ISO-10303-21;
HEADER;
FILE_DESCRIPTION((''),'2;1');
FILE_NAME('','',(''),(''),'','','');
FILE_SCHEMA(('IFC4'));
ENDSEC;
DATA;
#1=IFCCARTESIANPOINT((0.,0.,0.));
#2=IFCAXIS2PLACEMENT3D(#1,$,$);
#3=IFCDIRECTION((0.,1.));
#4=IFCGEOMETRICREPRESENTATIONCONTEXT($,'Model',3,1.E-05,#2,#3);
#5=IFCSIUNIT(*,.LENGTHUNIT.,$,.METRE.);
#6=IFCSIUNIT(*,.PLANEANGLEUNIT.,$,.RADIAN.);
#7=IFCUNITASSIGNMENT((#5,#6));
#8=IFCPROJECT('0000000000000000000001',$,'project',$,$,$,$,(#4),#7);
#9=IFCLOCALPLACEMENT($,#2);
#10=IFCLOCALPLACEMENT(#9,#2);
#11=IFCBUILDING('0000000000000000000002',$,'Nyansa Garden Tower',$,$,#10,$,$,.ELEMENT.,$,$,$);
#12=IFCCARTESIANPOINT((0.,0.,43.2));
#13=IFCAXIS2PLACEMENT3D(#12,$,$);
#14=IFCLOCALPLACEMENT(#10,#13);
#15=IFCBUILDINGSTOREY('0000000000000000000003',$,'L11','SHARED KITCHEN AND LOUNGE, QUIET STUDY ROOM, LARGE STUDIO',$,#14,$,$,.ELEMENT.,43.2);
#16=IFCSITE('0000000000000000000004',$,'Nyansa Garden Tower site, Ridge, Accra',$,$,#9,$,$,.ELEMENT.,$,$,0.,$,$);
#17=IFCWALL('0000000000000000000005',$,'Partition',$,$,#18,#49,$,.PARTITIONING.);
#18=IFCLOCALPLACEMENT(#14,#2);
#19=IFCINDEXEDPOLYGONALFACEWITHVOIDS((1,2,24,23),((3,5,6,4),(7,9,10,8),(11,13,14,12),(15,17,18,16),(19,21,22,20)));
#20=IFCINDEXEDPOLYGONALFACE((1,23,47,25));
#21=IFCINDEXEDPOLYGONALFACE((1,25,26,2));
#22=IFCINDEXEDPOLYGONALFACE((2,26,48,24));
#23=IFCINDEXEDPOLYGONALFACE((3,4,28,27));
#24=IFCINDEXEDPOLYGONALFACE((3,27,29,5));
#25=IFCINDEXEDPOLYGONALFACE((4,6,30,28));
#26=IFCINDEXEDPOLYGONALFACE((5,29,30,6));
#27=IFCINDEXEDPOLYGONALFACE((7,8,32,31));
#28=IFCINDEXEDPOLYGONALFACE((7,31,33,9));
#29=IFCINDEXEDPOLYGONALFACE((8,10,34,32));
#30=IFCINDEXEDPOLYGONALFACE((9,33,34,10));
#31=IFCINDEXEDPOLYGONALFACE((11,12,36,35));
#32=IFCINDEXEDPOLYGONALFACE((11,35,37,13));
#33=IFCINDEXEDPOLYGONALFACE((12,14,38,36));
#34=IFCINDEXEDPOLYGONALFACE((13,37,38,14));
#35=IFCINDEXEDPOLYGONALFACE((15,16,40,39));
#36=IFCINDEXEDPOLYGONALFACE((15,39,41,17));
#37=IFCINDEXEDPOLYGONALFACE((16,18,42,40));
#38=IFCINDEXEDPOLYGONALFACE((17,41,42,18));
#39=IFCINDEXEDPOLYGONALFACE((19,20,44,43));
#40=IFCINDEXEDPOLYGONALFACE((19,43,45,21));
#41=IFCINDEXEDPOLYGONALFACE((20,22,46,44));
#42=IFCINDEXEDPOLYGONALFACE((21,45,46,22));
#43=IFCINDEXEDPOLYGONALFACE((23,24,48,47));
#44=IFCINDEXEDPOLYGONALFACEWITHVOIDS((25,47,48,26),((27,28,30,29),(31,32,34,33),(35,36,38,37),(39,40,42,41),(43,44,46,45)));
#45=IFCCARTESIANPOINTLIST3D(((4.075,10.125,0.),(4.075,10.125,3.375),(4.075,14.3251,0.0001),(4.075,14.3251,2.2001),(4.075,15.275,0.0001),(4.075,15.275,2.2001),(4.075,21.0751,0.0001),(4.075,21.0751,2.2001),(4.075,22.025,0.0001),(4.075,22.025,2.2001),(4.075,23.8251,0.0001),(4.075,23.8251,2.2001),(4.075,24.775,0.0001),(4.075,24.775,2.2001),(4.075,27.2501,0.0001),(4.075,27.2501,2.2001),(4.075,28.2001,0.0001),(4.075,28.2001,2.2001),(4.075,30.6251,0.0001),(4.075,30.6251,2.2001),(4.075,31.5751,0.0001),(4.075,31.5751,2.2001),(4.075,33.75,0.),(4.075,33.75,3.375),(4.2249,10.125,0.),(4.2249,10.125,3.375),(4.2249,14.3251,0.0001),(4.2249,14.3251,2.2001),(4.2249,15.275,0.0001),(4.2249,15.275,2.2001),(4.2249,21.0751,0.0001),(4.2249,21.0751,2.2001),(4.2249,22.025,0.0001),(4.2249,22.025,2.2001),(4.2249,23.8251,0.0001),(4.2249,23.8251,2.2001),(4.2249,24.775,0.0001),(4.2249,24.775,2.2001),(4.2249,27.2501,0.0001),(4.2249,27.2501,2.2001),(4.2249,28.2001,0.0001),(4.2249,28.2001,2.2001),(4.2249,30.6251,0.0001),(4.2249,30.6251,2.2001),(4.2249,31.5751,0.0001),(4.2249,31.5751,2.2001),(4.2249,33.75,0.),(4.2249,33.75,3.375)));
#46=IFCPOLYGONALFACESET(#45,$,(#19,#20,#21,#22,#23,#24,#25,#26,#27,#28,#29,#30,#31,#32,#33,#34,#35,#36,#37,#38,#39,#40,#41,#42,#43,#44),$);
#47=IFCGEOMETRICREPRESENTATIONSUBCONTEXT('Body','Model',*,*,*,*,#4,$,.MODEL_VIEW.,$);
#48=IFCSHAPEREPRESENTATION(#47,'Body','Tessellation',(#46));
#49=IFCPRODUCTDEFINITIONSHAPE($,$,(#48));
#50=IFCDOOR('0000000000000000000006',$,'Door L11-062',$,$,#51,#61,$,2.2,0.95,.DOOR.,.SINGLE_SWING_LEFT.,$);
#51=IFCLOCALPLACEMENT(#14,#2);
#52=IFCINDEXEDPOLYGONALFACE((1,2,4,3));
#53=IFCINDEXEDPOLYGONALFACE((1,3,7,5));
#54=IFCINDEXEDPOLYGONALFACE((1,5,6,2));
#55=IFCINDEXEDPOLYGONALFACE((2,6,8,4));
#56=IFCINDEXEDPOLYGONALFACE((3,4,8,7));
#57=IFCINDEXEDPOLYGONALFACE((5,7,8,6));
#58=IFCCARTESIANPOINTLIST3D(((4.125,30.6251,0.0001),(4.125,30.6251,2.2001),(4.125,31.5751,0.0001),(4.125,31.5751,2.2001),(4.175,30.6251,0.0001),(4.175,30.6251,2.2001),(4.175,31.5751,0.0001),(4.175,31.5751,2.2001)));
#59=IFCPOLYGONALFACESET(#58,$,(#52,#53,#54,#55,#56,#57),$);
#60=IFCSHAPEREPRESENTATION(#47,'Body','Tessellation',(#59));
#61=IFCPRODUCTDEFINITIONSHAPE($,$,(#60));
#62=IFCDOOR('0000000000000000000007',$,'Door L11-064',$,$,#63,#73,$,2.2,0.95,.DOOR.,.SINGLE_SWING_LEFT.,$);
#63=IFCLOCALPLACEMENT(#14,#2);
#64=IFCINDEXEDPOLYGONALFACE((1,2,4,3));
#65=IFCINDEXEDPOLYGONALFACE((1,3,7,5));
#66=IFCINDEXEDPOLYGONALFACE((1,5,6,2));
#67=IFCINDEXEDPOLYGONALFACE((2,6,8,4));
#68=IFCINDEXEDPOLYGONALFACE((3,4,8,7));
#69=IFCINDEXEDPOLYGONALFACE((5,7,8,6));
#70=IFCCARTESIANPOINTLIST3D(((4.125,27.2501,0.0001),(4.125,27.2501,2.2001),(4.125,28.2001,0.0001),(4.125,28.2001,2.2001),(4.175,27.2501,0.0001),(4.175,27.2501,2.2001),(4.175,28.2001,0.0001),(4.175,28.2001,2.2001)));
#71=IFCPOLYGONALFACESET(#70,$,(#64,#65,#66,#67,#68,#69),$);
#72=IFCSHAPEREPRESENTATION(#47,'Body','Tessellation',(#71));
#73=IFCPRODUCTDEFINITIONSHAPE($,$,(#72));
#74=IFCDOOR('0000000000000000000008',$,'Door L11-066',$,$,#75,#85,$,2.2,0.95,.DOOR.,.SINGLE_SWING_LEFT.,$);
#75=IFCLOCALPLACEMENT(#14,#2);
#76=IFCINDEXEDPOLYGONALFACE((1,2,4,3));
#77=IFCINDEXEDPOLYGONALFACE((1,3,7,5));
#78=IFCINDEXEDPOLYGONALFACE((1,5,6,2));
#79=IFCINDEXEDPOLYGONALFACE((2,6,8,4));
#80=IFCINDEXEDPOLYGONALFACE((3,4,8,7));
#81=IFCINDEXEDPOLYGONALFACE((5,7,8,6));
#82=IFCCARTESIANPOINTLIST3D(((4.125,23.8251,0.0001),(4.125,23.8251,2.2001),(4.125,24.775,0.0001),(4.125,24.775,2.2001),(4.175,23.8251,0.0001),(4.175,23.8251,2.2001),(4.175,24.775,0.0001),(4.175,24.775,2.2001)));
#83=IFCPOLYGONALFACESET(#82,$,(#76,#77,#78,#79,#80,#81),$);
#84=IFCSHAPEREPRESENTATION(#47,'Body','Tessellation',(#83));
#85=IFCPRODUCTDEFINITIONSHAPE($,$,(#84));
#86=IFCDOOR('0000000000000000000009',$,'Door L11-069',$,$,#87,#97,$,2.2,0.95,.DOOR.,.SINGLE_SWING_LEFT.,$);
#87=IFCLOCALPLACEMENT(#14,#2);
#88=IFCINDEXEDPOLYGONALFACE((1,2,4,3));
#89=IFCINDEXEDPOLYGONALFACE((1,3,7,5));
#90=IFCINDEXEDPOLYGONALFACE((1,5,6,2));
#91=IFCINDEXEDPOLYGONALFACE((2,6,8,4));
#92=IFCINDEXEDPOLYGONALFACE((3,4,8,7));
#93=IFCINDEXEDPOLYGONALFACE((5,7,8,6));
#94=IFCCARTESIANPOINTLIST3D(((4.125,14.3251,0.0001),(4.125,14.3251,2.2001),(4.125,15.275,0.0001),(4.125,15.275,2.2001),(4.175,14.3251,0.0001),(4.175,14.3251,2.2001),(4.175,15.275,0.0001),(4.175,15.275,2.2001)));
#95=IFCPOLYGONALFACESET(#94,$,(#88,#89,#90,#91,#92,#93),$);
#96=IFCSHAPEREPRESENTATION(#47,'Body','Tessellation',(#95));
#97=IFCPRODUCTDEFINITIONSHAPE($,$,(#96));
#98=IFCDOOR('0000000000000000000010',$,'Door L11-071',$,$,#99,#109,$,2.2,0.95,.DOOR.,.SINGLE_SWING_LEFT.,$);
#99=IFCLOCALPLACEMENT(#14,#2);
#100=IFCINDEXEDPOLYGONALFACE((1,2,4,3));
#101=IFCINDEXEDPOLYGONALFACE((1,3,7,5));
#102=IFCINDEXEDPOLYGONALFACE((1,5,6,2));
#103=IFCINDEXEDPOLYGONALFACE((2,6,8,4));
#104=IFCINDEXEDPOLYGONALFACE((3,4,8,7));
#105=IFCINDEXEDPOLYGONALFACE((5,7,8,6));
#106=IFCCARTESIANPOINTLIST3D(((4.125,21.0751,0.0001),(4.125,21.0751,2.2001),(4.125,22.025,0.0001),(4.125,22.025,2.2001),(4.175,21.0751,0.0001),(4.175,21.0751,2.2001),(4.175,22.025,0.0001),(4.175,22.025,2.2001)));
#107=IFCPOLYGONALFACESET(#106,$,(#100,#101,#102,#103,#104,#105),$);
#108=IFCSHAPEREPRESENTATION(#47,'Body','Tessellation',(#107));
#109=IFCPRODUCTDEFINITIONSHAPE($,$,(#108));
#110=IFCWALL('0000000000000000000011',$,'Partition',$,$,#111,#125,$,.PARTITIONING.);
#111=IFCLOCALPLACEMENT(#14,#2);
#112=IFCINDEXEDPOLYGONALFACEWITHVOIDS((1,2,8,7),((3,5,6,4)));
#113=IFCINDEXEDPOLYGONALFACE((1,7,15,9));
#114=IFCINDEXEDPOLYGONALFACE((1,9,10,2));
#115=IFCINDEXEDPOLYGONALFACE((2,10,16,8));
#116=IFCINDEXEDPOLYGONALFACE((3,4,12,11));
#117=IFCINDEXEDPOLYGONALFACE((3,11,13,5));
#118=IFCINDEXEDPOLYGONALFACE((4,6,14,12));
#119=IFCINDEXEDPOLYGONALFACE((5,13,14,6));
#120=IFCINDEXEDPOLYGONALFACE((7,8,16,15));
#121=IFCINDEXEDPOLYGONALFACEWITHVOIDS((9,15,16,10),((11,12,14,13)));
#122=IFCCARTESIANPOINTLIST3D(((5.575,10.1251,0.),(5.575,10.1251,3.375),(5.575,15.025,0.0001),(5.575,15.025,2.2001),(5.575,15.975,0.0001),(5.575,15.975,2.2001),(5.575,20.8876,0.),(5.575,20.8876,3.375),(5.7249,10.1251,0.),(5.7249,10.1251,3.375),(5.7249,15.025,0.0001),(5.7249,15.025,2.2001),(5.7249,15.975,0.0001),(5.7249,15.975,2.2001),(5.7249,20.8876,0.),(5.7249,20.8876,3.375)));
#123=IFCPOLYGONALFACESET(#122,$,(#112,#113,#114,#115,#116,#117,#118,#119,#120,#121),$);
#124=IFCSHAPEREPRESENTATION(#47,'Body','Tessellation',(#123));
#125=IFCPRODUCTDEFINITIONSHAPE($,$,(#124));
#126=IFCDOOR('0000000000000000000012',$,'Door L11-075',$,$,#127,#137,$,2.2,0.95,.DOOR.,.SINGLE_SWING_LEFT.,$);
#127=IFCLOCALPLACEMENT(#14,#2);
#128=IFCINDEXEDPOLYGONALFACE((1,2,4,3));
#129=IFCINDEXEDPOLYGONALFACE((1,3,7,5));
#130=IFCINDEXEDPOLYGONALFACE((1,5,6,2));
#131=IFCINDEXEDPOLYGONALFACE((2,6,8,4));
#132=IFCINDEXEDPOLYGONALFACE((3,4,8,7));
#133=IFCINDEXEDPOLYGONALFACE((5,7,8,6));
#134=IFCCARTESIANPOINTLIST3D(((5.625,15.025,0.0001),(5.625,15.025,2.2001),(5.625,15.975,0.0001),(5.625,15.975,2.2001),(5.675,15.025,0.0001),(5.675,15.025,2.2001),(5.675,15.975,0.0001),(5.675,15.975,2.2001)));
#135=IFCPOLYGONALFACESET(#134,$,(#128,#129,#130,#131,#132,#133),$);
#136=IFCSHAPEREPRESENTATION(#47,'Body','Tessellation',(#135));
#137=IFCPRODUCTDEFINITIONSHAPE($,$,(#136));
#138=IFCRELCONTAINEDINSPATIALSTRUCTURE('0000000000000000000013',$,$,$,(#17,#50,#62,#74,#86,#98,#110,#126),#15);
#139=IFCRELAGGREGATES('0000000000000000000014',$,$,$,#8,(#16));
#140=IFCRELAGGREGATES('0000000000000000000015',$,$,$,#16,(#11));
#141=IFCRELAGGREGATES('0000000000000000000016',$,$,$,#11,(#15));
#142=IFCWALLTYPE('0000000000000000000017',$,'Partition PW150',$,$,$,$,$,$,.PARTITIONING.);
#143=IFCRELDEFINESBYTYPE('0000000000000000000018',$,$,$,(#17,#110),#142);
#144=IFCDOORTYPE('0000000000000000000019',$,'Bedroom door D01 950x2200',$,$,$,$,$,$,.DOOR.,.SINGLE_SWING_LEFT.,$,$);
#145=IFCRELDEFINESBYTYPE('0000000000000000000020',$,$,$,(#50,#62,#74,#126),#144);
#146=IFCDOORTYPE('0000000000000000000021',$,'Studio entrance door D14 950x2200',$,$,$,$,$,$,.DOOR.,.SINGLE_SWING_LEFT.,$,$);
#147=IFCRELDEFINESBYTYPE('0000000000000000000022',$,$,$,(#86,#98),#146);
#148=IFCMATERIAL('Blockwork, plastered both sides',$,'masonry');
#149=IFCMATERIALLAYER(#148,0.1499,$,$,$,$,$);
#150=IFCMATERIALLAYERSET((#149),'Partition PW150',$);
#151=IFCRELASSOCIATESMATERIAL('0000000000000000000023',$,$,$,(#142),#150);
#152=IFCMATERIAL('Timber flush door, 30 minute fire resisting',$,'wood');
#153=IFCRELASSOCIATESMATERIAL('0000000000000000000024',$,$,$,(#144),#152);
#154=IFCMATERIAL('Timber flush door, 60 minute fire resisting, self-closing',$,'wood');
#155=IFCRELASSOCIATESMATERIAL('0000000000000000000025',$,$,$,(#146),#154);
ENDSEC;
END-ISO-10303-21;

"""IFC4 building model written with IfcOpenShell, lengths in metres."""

from ifc_helpers import new_model, si_unit, direction, frame, frame_2d, origin, place, context, subcontext, project, spatial, rectangle, extrude, material, layer, layer_set, type_object, element, fill, save


model = new_model("IFC4")

# Units and contexts
model_context = context("Model", 3, precision=1e-05, world=origin(), true_north=direction((0.0, 1.0)))
body_context = subcontext(model_context, "Body", "Model", "MODEL_VIEW")
ifc_project = project(units=[si_unit("LENGTHUNIT", "METRE"), si_unit("PLANEANGLEUNIT", "RADIAN")], contexts=[model_context])

# Site, building, storey
site_placement = place(None, origin())
site = spatial("IfcSite", under=ifc_project, at=site_placement, Name="Nyansa Garden Tower site, Ridge, Accra", CompositionType="ELEMENT", RefElevation=0.0)
building_placement = place(site_placement, origin())
building = spatial("IfcBuilding", under=site, at=building_placement, Name="Nyansa Garden Tower", CompositionType="ELEMENT")
storey_placement = place(building_placement, frame((0.0, 0.0, 43.2)))
storey = spatial("IfcBuildingStorey", under=building, at=storey_placement, Name="L11", Description="SHARED KITCHEN AND LOUNGE, QUIET STUDY ROOM, LARGE STUDIO", CompositionType="ELEMENT", Elevation=43.2)

# Shared definitions
ifc_material_1 = material(Name="Blockwork, plastered both sides", Category="masonry")
ifc_layer_1 = layer(ifc_material_1, 0.1499)
ifc_layer_set_1 = layer_set([ifc_layer_1], Name="Partition PW150")
wall_type_1 = type_object("IfcWallType", Name="Partition PW150", PredefinedType="PARTITIONING", material=ifc_layer_set_1)

# Wall, openings, doors
wall_1_placement = place(storey_placement, frame((4.1499, 10.125, 0.0), z_axis=(0.0, 0.0, 1.0), x_axis=(0.0, 1.0, 0.0)))
wall_1 = element("IfcWall", 1, at=wall_1_placement, inside=storey, type_object=wall_type_1, Name="Partition", PredefinedType="PARTITIONING", context=body_context, shape_type="SweptSolid", body=[
    extrude(rectangle(XDim=23.625, YDim=0.1499, at=frame_2d((11.8125, 0.0))), origin(), (0.0, 0.0, 1.0), 3.375),
])
opening_1_placement = place(wall_1_placement, frame((20.5, 0.0, 0.0)))
opening_1 = element("IfcOpeningElement", 2, at=opening_1_placement, cuts=wall_1, PredefinedType="OPENING", context=body_context, shape_type="SweptSolid", body=[
    extrude(rectangle(XDim=0.95, YDim=2.2, at=frame_2d((0.4751, 1.1001))), frame((0.0, 0.085, 0.0), z_axis=(0.0, -1.0, 0.0), x_axis=(1.0, 0.0, 0.0)), (0.0, 0.0, 1.0), 0.1699),
])
opening_2_placement = place(wall_1_placement, frame((17.125, 0.0, 0.0)))
opening_2 = element("IfcOpeningElement", 3, at=opening_2_placement, cuts=wall_1, PredefinedType="OPENING", context=body_context, shape_type="SweptSolid", body=[
    extrude(rectangle(XDim=0.95, YDim=2.2, at=frame_2d((0.4751, 1.1001))), frame((0.0, 0.085, 0.0), z_axis=(0.0, -1.0, 0.0), x_axis=(1.0, 0.0, 0.0)), (0.0, 0.0, 1.0), 0.1699),
])
opening_3_placement = place(wall_1_placement, frame((13.7, 0.0, 0.0)))
opening_3 = element("IfcOpeningElement", 4, at=opening_3_placement, cuts=wall_1, PredefinedType="OPENING", context=body_context, shape_type="SweptSolid", body=[
    extrude(rectangle(XDim=0.95, YDim=2.2, at=frame_2d((0.4751, 1.1001))), frame((0.0, 0.085, 0.0), z_axis=(0.0, -1.0, 0.0), x_axis=(1.0, 0.0, 0.0)), (0.0, 0.0, 1.0), 0.1699),
])
opening_4_placement = place(wall_1_placement, frame((4.2, 0.0, 0.0)))
opening_4 = element("IfcOpeningElement", 5, at=opening_4_placement, cuts=wall_1, PredefinedType="OPENING", context=body_context, shape_type="SweptSolid", body=[
    extrude(rectangle(XDim=0.95, YDim=2.2, at=frame_2d((0.4751, 1.1001))), frame((0.0, 0.085, 0.0), z_axis=(0.0, -1.0, 0.0), x_axis=(1.0, 0.0, 0.0)), (0.0, 0.0, 1.0), 0.1699),
])
opening_5_placement = place(wall_1_placement, frame((10.95, 0.0, 0.0)))
opening_5 = element("IfcOpeningElement", 6, at=opening_5_placement, cuts=wall_1, PredefinedType="OPENING", context=body_context, shape_type="SweptSolid", body=[
    extrude(rectangle(XDim=0.95, YDim=2.2, at=frame_2d((0.4751, 1.1001))), frame((0.0, 0.085, 0.0), z_axis=(0.0, -1.0, 0.0), x_axis=(1.0, 0.0, 0.0)), (0.0, 0.0, 1.0), 0.1699),
])
ifc_material_2 = material(Name="Timber flush door, 30 minute fire resisting", Category="wood")
door_type_1 = type_object("IfcDoorType", Name="Bedroom door D01 950x2200", OperationType="SINGLE_SWING_LEFT", PredefinedType="DOOR", material=ifc_material_2)
door_1_placement = place(opening_1_placement, origin())
door_1 = element("IfcDoor", 7, at=door_1_placement, inside=storey, type_object=door_type_1, Name="Door L11-062", OperationType="SINGLE_SWING_LEFT", OverallHeight=2.2, OverallWidth=0.95, PredefinedType="DOOR", context=body_context, shape_type="SweptSolid", body=[
    extrude(rectangle(XDim=0.95, YDim=2.2, at=frame_2d((0.4751, 1.1001))), frame((0.0, 0.0249, 0.0), z_axis=(0.0, -1.0, 0.0), x_axis=(1.0, 0.0, 0.0)), (0.0, 0.0, 1.0), 0.05),
])
fill(opening_1, door_1)
door_2_placement = place(opening_2_placement, origin())
door_2 = element("IfcDoor", 8, at=door_2_placement, inside=storey, type_object=door_type_1, Name="Door L11-064", OperationType="SINGLE_SWING_LEFT", OverallHeight=2.2, OverallWidth=0.95, PredefinedType="DOOR", context=body_context, shape_type="SweptSolid", body=[
    extrude(rectangle(XDim=0.95, YDim=2.2, at=frame_2d((0.4751, 1.1001))), frame((0.0, 0.0249, 0.0), z_axis=(0.0, -1.0, 0.0), x_axis=(1.0, 0.0, 0.0)), (0.0, 0.0, 1.0), 0.05),
])
fill(opening_2, door_2)
door_3_placement = place(opening_3_placement, origin())
door_3 = element("IfcDoor", 9, at=door_3_placement, inside=storey, type_object=door_type_1, Name="Door L11-066", OperationType="SINGLE_SWING_LEFT", OverallHeight=2.2, OverallWidth=0.95, PredefinedType="DOOR", context=body_context, shape_type="SweptSolid", body=[
    extrude(rectangle(XDim=0.95, YDim=2.2, at=frame_2d((0.4751, 1.1001))), frame((0.0, 0.0249, 0.0), z_axis=(0.0, -1.0, 0.0), x_axis=(1.0, 0.0, 0.0)), (0.0, 0.0, 1.0), 0.05),
])
fill(opening_3, door_3)
ifc_material_3 = material(Name="Timber flush door, 60 minute fire resisting, self-closing", Category="wood")
door_type_2 = type_object("IfcDoorType", Name="Studio entrance door D14 950x2200", OperationType="SINGLE_SWING_LEFT", PredefinedType="DOOR", material=ifc_material_3)
door_4_placement = place(opening_4_placement, origin())
door_4 = element("IfcDoor", 10, at=door_4_placement, inside=storey, type_object=door_type_2, Name="Door L11-069", OperationType="SINGLE_SWING_LEFT", OverallHeight=2.2, OverallWidth=0.95, PredefinedType="DOOR", context=body_context, shape_type="SweptSolid", body=[
    extrude(rectangle(XDim=0.95, YDim=2.2, at=frame_2d((0.4751, 1.1001))), frame((0.0, 0.0249, 0.0), z_axis=(0.0, -1.0, 0.0), x_axis=(1.0, 0.0, 0.0)), (0.0, 0.0, 1.0), 0.05),
])
fill(opening_4, door_4)
door_5_placement = place(opening_5_placement, origin())
door_5 = element("IfcDoor", 11, at=door_5_placement, inside=storey, type_object=door_type_2, Name="Door L11-071", OperationType="SINGLE_SWING_LEFT", OverallHeight=2.2, OverallWidth=0.95, PredefinedType="DOOR", context=body_context, shape_type="SweptSolid", body=[
    extrude(rectangle(XDim=0.95, YDim=2.2, at=frame_2d((0.4751, 1.1001))), frame((0.0, 0.0249, 0.0), z_axis=(0.0, -1.0, 0.0), x_axis=(1.0, 0.0, 0.0)), (0.0, 0.0, 1.0), 0.05),
])
fill(opening_5, door_5)

# Wall, opening, door
wall_2_placement = place(storey_placement, frame((5.6499, 10.125, 0.0), z_axis=(0.0, 0.0, 1.0), x_axis=(0.0, 1.0, 0.0)))
wall_2 = element("IfcWall", 12, at=wall_2_placement, inside=storey, type_object=wall_type_1, Name="Partition", PredefinedType="PARTITIONING", context=body_context, shape_type="SweptSolid", body=[
    extrude(rectangle(XDim=10.7625, YDim=0.1499, at=frame_2d((5.3813, 0.0))), origin(), (0.0, 0.0, 1.0), 3.375),
])
opening_6_placement = place(wall_2_placement, frame((4.8999, 0.0, 0.0)))
opening_6 = element("IfcOpeningElement", 13, at=opening_6_placement, cuts=wall_2, PredefinedType="OPENING", context=body_context, shape_type="SweptSolid", body=[
    extrude(rectangle(XDim=0.95, YDim=2.2, at=frame_2d((0.4751, 1.1001))), frame((0.0, 0.085, 0.0), z_axis=(0.0, -1.0, 0.0), x_axis=(1.0, 0.0, 0.0)), (0.0, 0.0, 1.0), 0.1699),
])
door_6_placement = place(opening_6_placement, origin())
door_6 = element("IfcDoor", 14, at=door_6_placement, inside=storey, type_object=door_type_1, Name="Door L11-075", OperationType="SINGLE_SWING_LEFT", OverallHeight=2.2, OverallWidth=0.95, PredefinedType="DOOR", context=body_context, shape_type="SweptSolid", body=[
    extrude(rectangle(XDim=0.95, YDim=2.2, at=frame_2d((0.4751, 1.1001))), frame((0.0, 0.0249, 0.0), z_axis=(0.0, -1.0, 0.0), x_axis=(1.0, 0.0, 0.0)), (0.0, 0.0, 1.0), 0.05),
])
fill(opening_6, door_6)

save(model, "model.ifc")
